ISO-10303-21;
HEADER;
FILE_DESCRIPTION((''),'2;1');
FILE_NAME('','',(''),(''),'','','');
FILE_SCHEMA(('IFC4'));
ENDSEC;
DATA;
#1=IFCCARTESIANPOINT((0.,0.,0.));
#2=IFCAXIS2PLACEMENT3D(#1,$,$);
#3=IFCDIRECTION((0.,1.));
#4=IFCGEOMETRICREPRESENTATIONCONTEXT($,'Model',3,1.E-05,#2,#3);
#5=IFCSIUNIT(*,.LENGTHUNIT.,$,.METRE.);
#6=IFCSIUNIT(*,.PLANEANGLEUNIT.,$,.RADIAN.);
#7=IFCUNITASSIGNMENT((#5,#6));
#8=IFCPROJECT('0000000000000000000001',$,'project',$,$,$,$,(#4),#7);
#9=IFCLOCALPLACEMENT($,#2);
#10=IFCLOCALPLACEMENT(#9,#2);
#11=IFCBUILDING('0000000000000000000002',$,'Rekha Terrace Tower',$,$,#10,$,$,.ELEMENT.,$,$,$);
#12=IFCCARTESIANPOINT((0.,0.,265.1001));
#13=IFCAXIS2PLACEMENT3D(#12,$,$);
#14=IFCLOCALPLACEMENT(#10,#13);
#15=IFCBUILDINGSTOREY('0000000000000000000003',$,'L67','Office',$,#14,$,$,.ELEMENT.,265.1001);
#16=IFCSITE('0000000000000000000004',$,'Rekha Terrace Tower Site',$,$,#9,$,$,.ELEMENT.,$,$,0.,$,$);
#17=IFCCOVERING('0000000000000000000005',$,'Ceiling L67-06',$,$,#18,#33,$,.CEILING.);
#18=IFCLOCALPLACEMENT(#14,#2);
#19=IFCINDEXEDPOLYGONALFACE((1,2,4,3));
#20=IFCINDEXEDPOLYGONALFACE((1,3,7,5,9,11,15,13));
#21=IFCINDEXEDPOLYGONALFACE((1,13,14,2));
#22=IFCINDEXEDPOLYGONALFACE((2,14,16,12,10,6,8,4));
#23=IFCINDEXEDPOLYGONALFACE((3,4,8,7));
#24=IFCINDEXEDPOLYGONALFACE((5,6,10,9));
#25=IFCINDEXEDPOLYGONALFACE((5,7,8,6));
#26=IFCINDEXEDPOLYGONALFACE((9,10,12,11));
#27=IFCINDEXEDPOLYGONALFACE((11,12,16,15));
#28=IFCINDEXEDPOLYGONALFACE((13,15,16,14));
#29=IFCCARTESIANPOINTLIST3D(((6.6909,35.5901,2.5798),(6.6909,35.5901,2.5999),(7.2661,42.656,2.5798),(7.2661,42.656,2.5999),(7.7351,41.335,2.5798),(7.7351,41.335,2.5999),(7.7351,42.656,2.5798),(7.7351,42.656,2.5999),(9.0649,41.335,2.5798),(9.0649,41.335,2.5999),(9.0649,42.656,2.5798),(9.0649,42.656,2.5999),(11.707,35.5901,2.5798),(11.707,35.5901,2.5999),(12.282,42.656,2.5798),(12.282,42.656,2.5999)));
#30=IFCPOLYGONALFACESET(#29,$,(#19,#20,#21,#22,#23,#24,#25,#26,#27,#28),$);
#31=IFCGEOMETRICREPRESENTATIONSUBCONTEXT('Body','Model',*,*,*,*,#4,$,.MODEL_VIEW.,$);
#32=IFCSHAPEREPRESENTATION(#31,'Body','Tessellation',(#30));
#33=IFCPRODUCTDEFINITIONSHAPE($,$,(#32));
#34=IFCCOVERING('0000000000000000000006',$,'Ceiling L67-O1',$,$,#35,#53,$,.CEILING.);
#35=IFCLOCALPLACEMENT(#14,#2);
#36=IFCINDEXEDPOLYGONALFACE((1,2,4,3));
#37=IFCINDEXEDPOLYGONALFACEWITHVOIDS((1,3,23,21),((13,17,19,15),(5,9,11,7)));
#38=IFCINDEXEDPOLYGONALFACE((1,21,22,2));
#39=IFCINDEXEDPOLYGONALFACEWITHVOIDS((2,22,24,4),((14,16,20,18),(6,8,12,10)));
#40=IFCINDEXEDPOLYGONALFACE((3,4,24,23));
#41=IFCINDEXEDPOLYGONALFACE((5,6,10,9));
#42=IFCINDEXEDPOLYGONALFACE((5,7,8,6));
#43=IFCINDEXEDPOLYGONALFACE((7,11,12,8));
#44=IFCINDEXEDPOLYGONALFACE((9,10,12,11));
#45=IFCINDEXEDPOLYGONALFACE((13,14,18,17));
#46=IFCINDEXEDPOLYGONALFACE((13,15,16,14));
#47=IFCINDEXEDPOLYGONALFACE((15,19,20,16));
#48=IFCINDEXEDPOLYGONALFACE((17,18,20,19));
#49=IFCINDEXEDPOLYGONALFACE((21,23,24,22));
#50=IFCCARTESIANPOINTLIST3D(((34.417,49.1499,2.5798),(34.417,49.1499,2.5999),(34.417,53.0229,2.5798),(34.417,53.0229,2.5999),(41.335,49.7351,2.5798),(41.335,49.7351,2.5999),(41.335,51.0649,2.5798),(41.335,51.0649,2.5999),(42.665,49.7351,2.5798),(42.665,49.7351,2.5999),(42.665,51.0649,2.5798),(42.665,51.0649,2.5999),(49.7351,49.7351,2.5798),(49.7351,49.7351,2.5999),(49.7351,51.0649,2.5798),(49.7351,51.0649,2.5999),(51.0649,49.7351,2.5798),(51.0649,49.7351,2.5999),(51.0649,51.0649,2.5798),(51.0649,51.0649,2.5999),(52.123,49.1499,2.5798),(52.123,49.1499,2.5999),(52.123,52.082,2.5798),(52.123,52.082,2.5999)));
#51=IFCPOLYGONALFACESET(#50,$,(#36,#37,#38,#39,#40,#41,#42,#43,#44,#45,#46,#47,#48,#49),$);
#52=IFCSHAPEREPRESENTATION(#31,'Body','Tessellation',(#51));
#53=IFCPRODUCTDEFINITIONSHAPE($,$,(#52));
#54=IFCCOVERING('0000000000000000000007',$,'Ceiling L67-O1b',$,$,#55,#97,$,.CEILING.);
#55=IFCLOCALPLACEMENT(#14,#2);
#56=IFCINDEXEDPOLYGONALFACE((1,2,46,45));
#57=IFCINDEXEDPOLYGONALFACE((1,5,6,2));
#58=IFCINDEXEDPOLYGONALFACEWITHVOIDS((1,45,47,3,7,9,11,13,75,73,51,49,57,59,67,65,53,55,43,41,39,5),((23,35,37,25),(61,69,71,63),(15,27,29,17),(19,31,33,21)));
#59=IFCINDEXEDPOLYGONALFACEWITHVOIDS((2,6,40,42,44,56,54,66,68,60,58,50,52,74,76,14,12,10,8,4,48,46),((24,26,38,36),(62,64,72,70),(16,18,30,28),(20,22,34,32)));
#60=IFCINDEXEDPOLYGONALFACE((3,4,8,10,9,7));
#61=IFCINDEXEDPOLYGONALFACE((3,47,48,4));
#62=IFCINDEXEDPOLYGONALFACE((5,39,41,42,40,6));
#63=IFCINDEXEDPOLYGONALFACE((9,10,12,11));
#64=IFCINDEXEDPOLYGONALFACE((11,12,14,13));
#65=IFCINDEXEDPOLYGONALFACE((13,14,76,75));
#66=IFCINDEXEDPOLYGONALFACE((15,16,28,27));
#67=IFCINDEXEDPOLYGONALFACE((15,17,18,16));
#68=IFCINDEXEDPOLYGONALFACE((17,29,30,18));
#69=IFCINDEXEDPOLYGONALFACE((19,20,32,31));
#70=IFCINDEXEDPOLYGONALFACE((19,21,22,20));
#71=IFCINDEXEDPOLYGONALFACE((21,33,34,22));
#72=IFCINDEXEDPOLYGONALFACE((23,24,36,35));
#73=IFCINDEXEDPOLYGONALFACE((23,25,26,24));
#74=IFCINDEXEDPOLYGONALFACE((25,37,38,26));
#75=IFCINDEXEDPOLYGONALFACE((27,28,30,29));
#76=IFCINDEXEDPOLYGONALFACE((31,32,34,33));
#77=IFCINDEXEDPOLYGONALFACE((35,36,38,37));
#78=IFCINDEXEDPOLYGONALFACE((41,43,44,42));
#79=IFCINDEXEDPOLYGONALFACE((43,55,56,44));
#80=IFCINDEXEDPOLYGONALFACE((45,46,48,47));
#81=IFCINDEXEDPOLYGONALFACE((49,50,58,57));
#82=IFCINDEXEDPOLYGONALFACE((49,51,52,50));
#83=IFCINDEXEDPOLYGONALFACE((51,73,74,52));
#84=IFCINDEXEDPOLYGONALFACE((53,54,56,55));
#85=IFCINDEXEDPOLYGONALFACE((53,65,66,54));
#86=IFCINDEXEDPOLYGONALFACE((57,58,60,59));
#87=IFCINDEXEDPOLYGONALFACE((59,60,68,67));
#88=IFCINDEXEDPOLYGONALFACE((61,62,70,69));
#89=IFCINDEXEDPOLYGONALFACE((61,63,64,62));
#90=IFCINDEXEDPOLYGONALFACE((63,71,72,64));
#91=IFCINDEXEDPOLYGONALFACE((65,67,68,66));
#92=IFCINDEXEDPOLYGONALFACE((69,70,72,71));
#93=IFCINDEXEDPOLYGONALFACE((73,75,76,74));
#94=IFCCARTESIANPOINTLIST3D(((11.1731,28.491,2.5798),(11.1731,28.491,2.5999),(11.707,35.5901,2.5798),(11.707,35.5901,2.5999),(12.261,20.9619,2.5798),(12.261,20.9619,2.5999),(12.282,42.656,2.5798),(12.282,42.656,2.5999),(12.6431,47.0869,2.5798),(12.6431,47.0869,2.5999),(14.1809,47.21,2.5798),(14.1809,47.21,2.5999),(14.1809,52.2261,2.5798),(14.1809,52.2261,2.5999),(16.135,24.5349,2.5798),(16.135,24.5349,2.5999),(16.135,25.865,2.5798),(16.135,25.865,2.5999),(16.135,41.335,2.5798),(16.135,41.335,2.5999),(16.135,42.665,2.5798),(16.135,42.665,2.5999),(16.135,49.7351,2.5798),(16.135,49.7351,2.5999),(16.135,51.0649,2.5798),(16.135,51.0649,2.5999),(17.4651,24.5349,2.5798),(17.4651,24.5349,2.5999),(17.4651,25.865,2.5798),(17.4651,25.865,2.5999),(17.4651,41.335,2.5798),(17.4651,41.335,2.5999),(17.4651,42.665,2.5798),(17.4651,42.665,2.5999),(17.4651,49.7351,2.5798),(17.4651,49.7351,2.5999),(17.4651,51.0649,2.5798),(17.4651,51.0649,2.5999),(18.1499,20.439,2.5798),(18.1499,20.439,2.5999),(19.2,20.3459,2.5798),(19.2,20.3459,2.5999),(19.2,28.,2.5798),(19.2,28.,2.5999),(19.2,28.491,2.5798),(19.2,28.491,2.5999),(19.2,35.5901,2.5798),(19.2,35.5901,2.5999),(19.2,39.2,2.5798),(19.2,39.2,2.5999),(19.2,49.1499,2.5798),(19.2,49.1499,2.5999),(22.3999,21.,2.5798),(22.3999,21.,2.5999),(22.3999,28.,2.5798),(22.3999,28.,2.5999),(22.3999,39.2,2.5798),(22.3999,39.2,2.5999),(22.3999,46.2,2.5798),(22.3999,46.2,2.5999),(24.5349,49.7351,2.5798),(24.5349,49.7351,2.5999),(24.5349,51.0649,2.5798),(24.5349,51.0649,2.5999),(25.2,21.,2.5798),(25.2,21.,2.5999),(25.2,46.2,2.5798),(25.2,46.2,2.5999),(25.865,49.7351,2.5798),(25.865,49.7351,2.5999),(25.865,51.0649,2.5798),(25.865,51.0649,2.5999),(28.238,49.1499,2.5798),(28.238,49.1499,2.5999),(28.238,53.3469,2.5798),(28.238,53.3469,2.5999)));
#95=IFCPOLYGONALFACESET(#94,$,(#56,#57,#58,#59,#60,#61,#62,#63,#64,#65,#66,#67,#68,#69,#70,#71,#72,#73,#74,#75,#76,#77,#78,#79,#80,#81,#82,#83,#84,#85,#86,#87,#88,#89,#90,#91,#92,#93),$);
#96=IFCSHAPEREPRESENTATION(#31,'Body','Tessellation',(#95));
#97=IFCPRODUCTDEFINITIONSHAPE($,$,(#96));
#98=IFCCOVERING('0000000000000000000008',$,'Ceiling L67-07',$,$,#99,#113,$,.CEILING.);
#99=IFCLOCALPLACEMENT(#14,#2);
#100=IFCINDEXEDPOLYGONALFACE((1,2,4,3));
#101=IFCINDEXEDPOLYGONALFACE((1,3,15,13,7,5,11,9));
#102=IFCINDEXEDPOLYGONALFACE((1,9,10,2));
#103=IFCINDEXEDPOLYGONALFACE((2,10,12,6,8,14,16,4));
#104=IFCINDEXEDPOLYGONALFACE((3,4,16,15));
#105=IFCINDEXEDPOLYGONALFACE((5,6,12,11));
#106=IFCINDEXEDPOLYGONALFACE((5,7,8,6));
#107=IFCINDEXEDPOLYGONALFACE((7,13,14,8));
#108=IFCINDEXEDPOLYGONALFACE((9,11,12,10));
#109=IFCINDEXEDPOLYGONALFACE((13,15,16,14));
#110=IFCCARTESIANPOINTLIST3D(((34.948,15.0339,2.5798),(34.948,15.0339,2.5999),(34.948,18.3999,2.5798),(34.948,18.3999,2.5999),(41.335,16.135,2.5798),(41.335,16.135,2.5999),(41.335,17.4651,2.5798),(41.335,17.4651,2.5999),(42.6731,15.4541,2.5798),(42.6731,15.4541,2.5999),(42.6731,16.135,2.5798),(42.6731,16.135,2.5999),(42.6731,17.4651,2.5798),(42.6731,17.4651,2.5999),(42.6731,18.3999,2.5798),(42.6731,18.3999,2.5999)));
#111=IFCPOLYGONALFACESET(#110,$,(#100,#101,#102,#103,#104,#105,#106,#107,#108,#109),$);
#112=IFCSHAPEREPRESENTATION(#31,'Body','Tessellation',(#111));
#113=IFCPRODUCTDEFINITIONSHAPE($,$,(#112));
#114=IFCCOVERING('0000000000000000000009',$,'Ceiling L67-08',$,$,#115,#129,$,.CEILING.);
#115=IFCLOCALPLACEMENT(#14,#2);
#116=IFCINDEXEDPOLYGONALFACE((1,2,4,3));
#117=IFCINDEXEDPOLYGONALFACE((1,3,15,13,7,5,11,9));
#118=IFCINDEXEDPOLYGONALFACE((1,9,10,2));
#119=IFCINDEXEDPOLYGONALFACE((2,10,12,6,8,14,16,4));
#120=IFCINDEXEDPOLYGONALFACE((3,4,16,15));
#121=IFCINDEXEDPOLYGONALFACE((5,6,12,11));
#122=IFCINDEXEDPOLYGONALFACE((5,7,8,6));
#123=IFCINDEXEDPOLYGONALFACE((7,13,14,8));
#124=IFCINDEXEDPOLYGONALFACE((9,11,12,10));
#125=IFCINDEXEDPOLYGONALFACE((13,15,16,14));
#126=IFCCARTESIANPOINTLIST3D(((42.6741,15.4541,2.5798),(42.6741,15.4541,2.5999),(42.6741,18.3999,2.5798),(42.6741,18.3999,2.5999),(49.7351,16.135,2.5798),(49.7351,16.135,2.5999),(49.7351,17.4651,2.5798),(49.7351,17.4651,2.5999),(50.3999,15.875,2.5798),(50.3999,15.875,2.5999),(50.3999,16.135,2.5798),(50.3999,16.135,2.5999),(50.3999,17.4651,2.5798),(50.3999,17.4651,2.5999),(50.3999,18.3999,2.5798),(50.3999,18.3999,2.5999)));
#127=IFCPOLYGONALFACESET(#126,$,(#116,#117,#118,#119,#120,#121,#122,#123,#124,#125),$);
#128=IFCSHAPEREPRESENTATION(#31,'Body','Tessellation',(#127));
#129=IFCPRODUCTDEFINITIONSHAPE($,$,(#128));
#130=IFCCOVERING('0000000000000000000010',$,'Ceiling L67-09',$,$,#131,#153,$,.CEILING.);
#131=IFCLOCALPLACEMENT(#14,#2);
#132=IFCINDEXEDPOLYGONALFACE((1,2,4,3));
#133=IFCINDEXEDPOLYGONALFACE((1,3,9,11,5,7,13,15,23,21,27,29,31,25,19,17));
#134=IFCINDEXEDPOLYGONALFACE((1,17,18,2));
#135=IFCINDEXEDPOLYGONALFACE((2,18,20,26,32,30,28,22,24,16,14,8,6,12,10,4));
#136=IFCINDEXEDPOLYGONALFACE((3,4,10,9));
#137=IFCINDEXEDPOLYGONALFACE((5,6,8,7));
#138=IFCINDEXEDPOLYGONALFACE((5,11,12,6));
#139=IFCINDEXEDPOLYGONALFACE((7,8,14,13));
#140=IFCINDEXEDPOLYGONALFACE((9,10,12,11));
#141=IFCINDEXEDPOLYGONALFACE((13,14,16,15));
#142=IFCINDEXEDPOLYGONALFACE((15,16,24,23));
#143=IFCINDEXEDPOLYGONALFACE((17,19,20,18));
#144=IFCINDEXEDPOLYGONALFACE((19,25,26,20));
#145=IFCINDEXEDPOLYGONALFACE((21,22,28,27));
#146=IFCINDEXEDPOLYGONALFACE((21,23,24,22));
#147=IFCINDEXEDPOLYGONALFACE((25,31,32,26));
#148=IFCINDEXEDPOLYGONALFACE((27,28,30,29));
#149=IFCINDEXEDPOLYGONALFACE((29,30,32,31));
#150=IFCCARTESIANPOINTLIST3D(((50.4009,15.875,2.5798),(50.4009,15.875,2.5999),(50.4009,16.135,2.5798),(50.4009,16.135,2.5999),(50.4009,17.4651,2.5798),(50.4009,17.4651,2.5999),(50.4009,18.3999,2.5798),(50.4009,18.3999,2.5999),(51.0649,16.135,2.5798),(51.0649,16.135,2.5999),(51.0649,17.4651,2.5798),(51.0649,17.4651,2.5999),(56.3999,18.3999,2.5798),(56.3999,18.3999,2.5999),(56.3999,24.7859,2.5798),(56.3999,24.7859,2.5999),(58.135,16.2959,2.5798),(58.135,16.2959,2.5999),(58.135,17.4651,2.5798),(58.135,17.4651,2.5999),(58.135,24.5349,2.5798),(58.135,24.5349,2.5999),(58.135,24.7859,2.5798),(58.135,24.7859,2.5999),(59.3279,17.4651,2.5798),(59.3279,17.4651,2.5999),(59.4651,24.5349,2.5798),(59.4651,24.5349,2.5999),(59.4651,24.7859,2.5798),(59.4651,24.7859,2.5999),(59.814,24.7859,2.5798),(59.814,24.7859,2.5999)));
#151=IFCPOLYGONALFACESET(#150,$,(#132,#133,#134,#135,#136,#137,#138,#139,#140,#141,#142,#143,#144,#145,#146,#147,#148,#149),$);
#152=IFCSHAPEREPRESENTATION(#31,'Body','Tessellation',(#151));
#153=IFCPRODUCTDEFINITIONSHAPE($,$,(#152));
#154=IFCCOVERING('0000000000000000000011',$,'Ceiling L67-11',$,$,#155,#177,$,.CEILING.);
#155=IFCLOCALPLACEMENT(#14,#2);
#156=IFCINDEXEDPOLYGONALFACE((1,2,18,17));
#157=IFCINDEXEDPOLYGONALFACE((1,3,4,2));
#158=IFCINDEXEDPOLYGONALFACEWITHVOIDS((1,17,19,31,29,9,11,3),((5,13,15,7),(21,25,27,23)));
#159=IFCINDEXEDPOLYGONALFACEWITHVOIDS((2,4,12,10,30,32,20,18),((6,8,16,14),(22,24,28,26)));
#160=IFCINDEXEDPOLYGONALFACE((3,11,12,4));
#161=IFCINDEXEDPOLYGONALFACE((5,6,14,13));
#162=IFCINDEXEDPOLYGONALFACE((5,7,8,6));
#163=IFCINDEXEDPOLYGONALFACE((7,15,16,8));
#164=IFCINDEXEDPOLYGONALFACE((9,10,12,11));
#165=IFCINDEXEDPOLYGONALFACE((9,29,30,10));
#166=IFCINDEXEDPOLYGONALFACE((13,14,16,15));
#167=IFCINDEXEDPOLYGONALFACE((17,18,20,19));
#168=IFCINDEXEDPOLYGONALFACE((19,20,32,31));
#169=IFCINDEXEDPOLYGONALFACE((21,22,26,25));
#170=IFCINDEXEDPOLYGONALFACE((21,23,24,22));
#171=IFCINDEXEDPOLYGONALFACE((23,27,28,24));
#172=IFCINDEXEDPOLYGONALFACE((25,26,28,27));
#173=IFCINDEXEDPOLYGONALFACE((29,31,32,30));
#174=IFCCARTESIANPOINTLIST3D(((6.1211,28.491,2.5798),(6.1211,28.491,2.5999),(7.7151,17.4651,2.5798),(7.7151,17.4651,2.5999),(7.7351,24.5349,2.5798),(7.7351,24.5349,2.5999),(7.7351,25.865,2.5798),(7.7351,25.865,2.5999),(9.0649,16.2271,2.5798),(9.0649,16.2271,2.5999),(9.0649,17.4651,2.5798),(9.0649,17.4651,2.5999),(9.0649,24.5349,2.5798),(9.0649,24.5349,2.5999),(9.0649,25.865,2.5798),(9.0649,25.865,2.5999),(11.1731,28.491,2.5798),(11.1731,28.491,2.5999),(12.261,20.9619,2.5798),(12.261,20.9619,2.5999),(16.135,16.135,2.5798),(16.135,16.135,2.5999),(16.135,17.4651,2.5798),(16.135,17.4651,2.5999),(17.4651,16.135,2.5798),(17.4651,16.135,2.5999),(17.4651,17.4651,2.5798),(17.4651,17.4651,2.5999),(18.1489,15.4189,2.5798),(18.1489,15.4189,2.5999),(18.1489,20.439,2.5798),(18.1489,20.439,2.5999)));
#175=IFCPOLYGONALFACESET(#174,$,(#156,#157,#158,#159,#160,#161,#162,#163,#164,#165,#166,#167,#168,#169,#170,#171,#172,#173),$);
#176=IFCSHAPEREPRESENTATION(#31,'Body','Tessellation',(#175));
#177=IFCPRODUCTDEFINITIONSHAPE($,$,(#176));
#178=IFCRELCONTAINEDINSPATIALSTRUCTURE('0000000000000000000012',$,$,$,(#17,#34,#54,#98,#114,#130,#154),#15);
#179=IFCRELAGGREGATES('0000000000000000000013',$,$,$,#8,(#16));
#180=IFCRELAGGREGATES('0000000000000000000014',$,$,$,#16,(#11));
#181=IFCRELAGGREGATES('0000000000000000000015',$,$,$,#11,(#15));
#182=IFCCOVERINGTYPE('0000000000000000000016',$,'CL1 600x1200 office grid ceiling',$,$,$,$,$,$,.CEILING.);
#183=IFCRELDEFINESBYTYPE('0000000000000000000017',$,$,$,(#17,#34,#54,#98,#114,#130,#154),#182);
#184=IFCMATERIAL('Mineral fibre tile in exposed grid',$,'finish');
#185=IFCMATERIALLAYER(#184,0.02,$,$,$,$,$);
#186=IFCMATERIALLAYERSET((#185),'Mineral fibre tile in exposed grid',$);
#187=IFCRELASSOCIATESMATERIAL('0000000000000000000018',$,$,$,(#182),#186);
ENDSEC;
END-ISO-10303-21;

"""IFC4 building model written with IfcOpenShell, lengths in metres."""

from ifc_helpers import new_model, si_unit, direction, frame, origin, place, context, subcontext, project, spatial, polyline, outline, extrude, material, layer, layer_set, type_object, element, save


model = new_model("IFC4")

# Units and contexts
model_context = context("Model", 3, precision=1e-05, world=origin(), true_north=direction((0.0, 1.0)))
body_context = subcontext(model_context, "Body", "Model", "MODEL_VIEW")
ifc_project = project(units=[si_unit("LENGTHUNIT", "METRE"), si_unit("PLANEANGLEUNIT", "RADIAN")], contexts=[model_context])

# Site, building, storey
site_placement = place(None, origin())
site = spatial("IfcSite", under=ifc_project, at=site_placement, Name="Rekha Terrace Tower Site", CompositionType="ELEMENT", RefElevation=0.0)
building_placement = place(site_placement, origin())
building = spatial("IfcBuilding", under=site, at=building_placement, Name="Rekha Terrace Tower", CompositionType="ELEMENT")
storey_placement = place(building_placement, frame((0.0, 0.0, 265.1001)))
storey = spatial("IfcBuildingStorey", under=building, at=storey_placement, Name="L67", Description="Office", CompositionType="ELEMENT", Elevation=265.1001)

# Coverings
ifc_material_1 = material(Name="Mineral fibre tile in exposed grid", Category="finish")
ifc_layer_1 = layer(ifc_material_1, 0.02)
ifc_layer_set_1 = layer_set([ifc_layer_1], Name="Mineral fibre tile in exposed grid")
covering_type_1 = type_object("IfcCoveringType", Name="CL1 600x1200 office grid ceiling", PredefinedType="CEILING", material=ifc_layer_set_1)
covering_1_placement = place(storey_placement, frame((0.0, 0.0, 2.5798)))
element("IfcCovering", 1, at=covering_1_placement, inside=storey, type_object=covering_type_1, Name="Ceiling L67-06", PredefinedType="CEILING", context=body_context, shape_type="SweptSolid", body=[
    extrude(outline(polyline([(7.7351, 42.656), (7.2661, 42.656), (6.6909, 35.5901), (11.707, 35.5901), (12.282, 42.656), (9.0649, 42.656), (9.0649, 41.335), (7.7351, 41.335), (7.7351, 42.656)])), origin(), (0.0, 0.0, 1.0), 0.02),
])
covering_2_placement = place(storey_placement, frame((0.0, 0.0, 2.5798)))
element("IfcCovering", 2, at=covering_2_placement, inside=storey, type_object=covering_type_1, Name="Ceiling L67-O1", PredefinedType="CEILING", context=body_context, shape_type="SweptSolid", body=[
    extrude(outline(polyline([(34.417, 49.1499), (52.123, 49.1499), (52.123, 52.082), (34.417, 53.0229), (34.417, 49.1499)]), holes=[polyline([(51.0649, 51.0649), (51.0649, 49.7351), (49.7351, 49.7351), (49.7351, 51.0649), (51.0649, 51.0649)]), polyline([(42.665, 49.7351), (41.335, 49.7351), (41.335, 51.0649), (42.665, 51.0649), (42.665, 49.7351)])]), origin(), (0.0, 0.0, 1.0), 0.02),
])
covering_3_placement = place(storey_placement, frame((0.0, 0.0, 2.5798)))
element("IfcCovering", 3, at=covering_3_placement, inside=storey, type_object=covering_type_1, Name="Ceiling L67-O1b", PredefinedType="CEILING", context=body_context, shape_type="SweptSolid", body=[
    extrude(outline(polyline([(12.6431, 47.0869), (12.282, 42.656), (11.707, 35.5901), (19.2, 35.5901), (19.2, 28.491), (11.1731, 28.491), (12.261, 20.9619), (18.1499, 20.439), (19.2, 20.3459), (19.2, 28.0), (22.3999, 28.0), (22.3999, 21.0), (25.2, 21.0), (25.2, 46.2), (22.3999, 46.2), (22.3999, 39.2), (19.2, 39.2), (19.2, 49.1499), (28.238, 49.1499), (28.238, 53.3469), (14.1809, 52.2261), (14.1809, 47.21), (12.6431, 47.0869)]), holes=[polyline([(25.865, 51.0649), (25.865, 49.7351), (24.5349, 49.7351), (24.5349, 51.0649), (25.865, 51.0649)]), polyline([(17.4651, 25.865), (17.4651, 24.5349), (16.135, 24.5349), (16.135, 25.865), (17.4651, 25.865)]), polyline([(17.4651, 41.335), (16.135, 41.335), (16.135, 42.665), (17.4651, 42.665), (17.4651, 41.335)]), polyline([(17.4651, 49.7351), (16.135, 49.7351), (16.135, 51.0649), (17.4651, 51.0649), (17.4651, 49.7351)])]), origin(), (0.0, 0.0, 1.0), 0.02),
])
covering_4_placement = place(storey_placement, frame((0.0, 0.0, 2.5798)))
element("IfcCovering", 4, at=covering_4_placement, inside=storey, type_object=covering_type_1, Name="Ceiling L67-07", PredefinedType="CEILING", context=body_context, shape_type="SweptSolid", body=[
    extrude(outline(polyline([(34.948, 18.3999), (34.948, 15.0339), (42.6731, 15.4541), (42.6731, 16.135), (41.335, 16.135), (41.335, 17.4651), (42.6731, 17.4651), (42.6731, 18.3999), (34.948, 18.3999)])), origin(), (0.0, 0.0, 1.0), 0.02),
])
covering_5_placement = place(storey_placement, frame((0.0, 0.0, 2.5798)))
element("IfcCovering", 5, at=covering_5_placement, inside=storey, type_object=covering_type_1, Name="Ceiling L67-08", PredefinedType="CEILING", context=body_context, shape_type="SweptSolid", body=[
    extrude(outline(polyline([(42.6741, 18.3999), (42.6741, 15.4541), (50.3999, 15.875), (50.3999, 16.135), (49.7351, 16.135), (49.7351, 17.4651), (50.3999, 17.4651), (50.3999, 18.3999), (42.6741, 18.3999)])), origin(), (0.0, 0.0, 1.0), 0.02),
])
covering_6_placement = place(storey_placement, frame((0.0, 0.0, 2.5798)))
element("IfcCovering", 6, at=covering_6_placement, inside=storey, type_object=covering_type_1, Name="Ceiling L67-09", PredefinedType="CEILING", context=body_context, shape_type="SweptSolid", body=[
    extrude(outline(polyline([(58.135, 24.5349), (58.135, 24.7859), (56.3999, 24.7859), (56.3999, 18.3999), (50.4009, 18.3999), (50.4009, 17.4651), (51.0649, 17.4651), (51.0649, 16.135), (50.4009, 16.135), (50.4009, 15.875), (58.135, 16.2959), (58.135, 17.4651), (59.3279, 17.4651), (59.814, 24.7859), (59.4651, 24.7859), (59.4651, 24.5349), (58.135, 24.5349)])), origin(), (0.0, 0.0, 1.0), 0.02),
])
covering_7_placement = place(storey_placement, frame((0.0, 0.0, 2.5798)))
element("IfcCovering", 7, at=covering_7_placement, inside=storey, type_object=covering_type_1, Name="Ceiling L67-11", PredefinedType="CEILING", context=body_context, shape_type="SweptSolid", body=[
    extrude(outline(polyline([(6.1211, 28.491), (7.7151, 17.4651), (9.0649, 17.4651), (9.0649, 16.2271), (18.1489, 15.4189), (18.1489, 20.439), (12.261, 20.9619), (11.1731, 28.491), (6.1211, 28.491)]), holes=[polyline([(17.4651, 17.4651), (17.4651, 16.135), (16.135, 16.135), (16.135, 17.4651), (17.4651, 17.4651)]), polyline([(9.0649, 25.865), (9.0649, 24.5349), (7.7351, 24.5349), (7.7351, 25.865), (9.0649, 25.865)])]), origin(), (0.0, 0.0, 1.0), 0.02),
])

save(model, "model.ifc")
